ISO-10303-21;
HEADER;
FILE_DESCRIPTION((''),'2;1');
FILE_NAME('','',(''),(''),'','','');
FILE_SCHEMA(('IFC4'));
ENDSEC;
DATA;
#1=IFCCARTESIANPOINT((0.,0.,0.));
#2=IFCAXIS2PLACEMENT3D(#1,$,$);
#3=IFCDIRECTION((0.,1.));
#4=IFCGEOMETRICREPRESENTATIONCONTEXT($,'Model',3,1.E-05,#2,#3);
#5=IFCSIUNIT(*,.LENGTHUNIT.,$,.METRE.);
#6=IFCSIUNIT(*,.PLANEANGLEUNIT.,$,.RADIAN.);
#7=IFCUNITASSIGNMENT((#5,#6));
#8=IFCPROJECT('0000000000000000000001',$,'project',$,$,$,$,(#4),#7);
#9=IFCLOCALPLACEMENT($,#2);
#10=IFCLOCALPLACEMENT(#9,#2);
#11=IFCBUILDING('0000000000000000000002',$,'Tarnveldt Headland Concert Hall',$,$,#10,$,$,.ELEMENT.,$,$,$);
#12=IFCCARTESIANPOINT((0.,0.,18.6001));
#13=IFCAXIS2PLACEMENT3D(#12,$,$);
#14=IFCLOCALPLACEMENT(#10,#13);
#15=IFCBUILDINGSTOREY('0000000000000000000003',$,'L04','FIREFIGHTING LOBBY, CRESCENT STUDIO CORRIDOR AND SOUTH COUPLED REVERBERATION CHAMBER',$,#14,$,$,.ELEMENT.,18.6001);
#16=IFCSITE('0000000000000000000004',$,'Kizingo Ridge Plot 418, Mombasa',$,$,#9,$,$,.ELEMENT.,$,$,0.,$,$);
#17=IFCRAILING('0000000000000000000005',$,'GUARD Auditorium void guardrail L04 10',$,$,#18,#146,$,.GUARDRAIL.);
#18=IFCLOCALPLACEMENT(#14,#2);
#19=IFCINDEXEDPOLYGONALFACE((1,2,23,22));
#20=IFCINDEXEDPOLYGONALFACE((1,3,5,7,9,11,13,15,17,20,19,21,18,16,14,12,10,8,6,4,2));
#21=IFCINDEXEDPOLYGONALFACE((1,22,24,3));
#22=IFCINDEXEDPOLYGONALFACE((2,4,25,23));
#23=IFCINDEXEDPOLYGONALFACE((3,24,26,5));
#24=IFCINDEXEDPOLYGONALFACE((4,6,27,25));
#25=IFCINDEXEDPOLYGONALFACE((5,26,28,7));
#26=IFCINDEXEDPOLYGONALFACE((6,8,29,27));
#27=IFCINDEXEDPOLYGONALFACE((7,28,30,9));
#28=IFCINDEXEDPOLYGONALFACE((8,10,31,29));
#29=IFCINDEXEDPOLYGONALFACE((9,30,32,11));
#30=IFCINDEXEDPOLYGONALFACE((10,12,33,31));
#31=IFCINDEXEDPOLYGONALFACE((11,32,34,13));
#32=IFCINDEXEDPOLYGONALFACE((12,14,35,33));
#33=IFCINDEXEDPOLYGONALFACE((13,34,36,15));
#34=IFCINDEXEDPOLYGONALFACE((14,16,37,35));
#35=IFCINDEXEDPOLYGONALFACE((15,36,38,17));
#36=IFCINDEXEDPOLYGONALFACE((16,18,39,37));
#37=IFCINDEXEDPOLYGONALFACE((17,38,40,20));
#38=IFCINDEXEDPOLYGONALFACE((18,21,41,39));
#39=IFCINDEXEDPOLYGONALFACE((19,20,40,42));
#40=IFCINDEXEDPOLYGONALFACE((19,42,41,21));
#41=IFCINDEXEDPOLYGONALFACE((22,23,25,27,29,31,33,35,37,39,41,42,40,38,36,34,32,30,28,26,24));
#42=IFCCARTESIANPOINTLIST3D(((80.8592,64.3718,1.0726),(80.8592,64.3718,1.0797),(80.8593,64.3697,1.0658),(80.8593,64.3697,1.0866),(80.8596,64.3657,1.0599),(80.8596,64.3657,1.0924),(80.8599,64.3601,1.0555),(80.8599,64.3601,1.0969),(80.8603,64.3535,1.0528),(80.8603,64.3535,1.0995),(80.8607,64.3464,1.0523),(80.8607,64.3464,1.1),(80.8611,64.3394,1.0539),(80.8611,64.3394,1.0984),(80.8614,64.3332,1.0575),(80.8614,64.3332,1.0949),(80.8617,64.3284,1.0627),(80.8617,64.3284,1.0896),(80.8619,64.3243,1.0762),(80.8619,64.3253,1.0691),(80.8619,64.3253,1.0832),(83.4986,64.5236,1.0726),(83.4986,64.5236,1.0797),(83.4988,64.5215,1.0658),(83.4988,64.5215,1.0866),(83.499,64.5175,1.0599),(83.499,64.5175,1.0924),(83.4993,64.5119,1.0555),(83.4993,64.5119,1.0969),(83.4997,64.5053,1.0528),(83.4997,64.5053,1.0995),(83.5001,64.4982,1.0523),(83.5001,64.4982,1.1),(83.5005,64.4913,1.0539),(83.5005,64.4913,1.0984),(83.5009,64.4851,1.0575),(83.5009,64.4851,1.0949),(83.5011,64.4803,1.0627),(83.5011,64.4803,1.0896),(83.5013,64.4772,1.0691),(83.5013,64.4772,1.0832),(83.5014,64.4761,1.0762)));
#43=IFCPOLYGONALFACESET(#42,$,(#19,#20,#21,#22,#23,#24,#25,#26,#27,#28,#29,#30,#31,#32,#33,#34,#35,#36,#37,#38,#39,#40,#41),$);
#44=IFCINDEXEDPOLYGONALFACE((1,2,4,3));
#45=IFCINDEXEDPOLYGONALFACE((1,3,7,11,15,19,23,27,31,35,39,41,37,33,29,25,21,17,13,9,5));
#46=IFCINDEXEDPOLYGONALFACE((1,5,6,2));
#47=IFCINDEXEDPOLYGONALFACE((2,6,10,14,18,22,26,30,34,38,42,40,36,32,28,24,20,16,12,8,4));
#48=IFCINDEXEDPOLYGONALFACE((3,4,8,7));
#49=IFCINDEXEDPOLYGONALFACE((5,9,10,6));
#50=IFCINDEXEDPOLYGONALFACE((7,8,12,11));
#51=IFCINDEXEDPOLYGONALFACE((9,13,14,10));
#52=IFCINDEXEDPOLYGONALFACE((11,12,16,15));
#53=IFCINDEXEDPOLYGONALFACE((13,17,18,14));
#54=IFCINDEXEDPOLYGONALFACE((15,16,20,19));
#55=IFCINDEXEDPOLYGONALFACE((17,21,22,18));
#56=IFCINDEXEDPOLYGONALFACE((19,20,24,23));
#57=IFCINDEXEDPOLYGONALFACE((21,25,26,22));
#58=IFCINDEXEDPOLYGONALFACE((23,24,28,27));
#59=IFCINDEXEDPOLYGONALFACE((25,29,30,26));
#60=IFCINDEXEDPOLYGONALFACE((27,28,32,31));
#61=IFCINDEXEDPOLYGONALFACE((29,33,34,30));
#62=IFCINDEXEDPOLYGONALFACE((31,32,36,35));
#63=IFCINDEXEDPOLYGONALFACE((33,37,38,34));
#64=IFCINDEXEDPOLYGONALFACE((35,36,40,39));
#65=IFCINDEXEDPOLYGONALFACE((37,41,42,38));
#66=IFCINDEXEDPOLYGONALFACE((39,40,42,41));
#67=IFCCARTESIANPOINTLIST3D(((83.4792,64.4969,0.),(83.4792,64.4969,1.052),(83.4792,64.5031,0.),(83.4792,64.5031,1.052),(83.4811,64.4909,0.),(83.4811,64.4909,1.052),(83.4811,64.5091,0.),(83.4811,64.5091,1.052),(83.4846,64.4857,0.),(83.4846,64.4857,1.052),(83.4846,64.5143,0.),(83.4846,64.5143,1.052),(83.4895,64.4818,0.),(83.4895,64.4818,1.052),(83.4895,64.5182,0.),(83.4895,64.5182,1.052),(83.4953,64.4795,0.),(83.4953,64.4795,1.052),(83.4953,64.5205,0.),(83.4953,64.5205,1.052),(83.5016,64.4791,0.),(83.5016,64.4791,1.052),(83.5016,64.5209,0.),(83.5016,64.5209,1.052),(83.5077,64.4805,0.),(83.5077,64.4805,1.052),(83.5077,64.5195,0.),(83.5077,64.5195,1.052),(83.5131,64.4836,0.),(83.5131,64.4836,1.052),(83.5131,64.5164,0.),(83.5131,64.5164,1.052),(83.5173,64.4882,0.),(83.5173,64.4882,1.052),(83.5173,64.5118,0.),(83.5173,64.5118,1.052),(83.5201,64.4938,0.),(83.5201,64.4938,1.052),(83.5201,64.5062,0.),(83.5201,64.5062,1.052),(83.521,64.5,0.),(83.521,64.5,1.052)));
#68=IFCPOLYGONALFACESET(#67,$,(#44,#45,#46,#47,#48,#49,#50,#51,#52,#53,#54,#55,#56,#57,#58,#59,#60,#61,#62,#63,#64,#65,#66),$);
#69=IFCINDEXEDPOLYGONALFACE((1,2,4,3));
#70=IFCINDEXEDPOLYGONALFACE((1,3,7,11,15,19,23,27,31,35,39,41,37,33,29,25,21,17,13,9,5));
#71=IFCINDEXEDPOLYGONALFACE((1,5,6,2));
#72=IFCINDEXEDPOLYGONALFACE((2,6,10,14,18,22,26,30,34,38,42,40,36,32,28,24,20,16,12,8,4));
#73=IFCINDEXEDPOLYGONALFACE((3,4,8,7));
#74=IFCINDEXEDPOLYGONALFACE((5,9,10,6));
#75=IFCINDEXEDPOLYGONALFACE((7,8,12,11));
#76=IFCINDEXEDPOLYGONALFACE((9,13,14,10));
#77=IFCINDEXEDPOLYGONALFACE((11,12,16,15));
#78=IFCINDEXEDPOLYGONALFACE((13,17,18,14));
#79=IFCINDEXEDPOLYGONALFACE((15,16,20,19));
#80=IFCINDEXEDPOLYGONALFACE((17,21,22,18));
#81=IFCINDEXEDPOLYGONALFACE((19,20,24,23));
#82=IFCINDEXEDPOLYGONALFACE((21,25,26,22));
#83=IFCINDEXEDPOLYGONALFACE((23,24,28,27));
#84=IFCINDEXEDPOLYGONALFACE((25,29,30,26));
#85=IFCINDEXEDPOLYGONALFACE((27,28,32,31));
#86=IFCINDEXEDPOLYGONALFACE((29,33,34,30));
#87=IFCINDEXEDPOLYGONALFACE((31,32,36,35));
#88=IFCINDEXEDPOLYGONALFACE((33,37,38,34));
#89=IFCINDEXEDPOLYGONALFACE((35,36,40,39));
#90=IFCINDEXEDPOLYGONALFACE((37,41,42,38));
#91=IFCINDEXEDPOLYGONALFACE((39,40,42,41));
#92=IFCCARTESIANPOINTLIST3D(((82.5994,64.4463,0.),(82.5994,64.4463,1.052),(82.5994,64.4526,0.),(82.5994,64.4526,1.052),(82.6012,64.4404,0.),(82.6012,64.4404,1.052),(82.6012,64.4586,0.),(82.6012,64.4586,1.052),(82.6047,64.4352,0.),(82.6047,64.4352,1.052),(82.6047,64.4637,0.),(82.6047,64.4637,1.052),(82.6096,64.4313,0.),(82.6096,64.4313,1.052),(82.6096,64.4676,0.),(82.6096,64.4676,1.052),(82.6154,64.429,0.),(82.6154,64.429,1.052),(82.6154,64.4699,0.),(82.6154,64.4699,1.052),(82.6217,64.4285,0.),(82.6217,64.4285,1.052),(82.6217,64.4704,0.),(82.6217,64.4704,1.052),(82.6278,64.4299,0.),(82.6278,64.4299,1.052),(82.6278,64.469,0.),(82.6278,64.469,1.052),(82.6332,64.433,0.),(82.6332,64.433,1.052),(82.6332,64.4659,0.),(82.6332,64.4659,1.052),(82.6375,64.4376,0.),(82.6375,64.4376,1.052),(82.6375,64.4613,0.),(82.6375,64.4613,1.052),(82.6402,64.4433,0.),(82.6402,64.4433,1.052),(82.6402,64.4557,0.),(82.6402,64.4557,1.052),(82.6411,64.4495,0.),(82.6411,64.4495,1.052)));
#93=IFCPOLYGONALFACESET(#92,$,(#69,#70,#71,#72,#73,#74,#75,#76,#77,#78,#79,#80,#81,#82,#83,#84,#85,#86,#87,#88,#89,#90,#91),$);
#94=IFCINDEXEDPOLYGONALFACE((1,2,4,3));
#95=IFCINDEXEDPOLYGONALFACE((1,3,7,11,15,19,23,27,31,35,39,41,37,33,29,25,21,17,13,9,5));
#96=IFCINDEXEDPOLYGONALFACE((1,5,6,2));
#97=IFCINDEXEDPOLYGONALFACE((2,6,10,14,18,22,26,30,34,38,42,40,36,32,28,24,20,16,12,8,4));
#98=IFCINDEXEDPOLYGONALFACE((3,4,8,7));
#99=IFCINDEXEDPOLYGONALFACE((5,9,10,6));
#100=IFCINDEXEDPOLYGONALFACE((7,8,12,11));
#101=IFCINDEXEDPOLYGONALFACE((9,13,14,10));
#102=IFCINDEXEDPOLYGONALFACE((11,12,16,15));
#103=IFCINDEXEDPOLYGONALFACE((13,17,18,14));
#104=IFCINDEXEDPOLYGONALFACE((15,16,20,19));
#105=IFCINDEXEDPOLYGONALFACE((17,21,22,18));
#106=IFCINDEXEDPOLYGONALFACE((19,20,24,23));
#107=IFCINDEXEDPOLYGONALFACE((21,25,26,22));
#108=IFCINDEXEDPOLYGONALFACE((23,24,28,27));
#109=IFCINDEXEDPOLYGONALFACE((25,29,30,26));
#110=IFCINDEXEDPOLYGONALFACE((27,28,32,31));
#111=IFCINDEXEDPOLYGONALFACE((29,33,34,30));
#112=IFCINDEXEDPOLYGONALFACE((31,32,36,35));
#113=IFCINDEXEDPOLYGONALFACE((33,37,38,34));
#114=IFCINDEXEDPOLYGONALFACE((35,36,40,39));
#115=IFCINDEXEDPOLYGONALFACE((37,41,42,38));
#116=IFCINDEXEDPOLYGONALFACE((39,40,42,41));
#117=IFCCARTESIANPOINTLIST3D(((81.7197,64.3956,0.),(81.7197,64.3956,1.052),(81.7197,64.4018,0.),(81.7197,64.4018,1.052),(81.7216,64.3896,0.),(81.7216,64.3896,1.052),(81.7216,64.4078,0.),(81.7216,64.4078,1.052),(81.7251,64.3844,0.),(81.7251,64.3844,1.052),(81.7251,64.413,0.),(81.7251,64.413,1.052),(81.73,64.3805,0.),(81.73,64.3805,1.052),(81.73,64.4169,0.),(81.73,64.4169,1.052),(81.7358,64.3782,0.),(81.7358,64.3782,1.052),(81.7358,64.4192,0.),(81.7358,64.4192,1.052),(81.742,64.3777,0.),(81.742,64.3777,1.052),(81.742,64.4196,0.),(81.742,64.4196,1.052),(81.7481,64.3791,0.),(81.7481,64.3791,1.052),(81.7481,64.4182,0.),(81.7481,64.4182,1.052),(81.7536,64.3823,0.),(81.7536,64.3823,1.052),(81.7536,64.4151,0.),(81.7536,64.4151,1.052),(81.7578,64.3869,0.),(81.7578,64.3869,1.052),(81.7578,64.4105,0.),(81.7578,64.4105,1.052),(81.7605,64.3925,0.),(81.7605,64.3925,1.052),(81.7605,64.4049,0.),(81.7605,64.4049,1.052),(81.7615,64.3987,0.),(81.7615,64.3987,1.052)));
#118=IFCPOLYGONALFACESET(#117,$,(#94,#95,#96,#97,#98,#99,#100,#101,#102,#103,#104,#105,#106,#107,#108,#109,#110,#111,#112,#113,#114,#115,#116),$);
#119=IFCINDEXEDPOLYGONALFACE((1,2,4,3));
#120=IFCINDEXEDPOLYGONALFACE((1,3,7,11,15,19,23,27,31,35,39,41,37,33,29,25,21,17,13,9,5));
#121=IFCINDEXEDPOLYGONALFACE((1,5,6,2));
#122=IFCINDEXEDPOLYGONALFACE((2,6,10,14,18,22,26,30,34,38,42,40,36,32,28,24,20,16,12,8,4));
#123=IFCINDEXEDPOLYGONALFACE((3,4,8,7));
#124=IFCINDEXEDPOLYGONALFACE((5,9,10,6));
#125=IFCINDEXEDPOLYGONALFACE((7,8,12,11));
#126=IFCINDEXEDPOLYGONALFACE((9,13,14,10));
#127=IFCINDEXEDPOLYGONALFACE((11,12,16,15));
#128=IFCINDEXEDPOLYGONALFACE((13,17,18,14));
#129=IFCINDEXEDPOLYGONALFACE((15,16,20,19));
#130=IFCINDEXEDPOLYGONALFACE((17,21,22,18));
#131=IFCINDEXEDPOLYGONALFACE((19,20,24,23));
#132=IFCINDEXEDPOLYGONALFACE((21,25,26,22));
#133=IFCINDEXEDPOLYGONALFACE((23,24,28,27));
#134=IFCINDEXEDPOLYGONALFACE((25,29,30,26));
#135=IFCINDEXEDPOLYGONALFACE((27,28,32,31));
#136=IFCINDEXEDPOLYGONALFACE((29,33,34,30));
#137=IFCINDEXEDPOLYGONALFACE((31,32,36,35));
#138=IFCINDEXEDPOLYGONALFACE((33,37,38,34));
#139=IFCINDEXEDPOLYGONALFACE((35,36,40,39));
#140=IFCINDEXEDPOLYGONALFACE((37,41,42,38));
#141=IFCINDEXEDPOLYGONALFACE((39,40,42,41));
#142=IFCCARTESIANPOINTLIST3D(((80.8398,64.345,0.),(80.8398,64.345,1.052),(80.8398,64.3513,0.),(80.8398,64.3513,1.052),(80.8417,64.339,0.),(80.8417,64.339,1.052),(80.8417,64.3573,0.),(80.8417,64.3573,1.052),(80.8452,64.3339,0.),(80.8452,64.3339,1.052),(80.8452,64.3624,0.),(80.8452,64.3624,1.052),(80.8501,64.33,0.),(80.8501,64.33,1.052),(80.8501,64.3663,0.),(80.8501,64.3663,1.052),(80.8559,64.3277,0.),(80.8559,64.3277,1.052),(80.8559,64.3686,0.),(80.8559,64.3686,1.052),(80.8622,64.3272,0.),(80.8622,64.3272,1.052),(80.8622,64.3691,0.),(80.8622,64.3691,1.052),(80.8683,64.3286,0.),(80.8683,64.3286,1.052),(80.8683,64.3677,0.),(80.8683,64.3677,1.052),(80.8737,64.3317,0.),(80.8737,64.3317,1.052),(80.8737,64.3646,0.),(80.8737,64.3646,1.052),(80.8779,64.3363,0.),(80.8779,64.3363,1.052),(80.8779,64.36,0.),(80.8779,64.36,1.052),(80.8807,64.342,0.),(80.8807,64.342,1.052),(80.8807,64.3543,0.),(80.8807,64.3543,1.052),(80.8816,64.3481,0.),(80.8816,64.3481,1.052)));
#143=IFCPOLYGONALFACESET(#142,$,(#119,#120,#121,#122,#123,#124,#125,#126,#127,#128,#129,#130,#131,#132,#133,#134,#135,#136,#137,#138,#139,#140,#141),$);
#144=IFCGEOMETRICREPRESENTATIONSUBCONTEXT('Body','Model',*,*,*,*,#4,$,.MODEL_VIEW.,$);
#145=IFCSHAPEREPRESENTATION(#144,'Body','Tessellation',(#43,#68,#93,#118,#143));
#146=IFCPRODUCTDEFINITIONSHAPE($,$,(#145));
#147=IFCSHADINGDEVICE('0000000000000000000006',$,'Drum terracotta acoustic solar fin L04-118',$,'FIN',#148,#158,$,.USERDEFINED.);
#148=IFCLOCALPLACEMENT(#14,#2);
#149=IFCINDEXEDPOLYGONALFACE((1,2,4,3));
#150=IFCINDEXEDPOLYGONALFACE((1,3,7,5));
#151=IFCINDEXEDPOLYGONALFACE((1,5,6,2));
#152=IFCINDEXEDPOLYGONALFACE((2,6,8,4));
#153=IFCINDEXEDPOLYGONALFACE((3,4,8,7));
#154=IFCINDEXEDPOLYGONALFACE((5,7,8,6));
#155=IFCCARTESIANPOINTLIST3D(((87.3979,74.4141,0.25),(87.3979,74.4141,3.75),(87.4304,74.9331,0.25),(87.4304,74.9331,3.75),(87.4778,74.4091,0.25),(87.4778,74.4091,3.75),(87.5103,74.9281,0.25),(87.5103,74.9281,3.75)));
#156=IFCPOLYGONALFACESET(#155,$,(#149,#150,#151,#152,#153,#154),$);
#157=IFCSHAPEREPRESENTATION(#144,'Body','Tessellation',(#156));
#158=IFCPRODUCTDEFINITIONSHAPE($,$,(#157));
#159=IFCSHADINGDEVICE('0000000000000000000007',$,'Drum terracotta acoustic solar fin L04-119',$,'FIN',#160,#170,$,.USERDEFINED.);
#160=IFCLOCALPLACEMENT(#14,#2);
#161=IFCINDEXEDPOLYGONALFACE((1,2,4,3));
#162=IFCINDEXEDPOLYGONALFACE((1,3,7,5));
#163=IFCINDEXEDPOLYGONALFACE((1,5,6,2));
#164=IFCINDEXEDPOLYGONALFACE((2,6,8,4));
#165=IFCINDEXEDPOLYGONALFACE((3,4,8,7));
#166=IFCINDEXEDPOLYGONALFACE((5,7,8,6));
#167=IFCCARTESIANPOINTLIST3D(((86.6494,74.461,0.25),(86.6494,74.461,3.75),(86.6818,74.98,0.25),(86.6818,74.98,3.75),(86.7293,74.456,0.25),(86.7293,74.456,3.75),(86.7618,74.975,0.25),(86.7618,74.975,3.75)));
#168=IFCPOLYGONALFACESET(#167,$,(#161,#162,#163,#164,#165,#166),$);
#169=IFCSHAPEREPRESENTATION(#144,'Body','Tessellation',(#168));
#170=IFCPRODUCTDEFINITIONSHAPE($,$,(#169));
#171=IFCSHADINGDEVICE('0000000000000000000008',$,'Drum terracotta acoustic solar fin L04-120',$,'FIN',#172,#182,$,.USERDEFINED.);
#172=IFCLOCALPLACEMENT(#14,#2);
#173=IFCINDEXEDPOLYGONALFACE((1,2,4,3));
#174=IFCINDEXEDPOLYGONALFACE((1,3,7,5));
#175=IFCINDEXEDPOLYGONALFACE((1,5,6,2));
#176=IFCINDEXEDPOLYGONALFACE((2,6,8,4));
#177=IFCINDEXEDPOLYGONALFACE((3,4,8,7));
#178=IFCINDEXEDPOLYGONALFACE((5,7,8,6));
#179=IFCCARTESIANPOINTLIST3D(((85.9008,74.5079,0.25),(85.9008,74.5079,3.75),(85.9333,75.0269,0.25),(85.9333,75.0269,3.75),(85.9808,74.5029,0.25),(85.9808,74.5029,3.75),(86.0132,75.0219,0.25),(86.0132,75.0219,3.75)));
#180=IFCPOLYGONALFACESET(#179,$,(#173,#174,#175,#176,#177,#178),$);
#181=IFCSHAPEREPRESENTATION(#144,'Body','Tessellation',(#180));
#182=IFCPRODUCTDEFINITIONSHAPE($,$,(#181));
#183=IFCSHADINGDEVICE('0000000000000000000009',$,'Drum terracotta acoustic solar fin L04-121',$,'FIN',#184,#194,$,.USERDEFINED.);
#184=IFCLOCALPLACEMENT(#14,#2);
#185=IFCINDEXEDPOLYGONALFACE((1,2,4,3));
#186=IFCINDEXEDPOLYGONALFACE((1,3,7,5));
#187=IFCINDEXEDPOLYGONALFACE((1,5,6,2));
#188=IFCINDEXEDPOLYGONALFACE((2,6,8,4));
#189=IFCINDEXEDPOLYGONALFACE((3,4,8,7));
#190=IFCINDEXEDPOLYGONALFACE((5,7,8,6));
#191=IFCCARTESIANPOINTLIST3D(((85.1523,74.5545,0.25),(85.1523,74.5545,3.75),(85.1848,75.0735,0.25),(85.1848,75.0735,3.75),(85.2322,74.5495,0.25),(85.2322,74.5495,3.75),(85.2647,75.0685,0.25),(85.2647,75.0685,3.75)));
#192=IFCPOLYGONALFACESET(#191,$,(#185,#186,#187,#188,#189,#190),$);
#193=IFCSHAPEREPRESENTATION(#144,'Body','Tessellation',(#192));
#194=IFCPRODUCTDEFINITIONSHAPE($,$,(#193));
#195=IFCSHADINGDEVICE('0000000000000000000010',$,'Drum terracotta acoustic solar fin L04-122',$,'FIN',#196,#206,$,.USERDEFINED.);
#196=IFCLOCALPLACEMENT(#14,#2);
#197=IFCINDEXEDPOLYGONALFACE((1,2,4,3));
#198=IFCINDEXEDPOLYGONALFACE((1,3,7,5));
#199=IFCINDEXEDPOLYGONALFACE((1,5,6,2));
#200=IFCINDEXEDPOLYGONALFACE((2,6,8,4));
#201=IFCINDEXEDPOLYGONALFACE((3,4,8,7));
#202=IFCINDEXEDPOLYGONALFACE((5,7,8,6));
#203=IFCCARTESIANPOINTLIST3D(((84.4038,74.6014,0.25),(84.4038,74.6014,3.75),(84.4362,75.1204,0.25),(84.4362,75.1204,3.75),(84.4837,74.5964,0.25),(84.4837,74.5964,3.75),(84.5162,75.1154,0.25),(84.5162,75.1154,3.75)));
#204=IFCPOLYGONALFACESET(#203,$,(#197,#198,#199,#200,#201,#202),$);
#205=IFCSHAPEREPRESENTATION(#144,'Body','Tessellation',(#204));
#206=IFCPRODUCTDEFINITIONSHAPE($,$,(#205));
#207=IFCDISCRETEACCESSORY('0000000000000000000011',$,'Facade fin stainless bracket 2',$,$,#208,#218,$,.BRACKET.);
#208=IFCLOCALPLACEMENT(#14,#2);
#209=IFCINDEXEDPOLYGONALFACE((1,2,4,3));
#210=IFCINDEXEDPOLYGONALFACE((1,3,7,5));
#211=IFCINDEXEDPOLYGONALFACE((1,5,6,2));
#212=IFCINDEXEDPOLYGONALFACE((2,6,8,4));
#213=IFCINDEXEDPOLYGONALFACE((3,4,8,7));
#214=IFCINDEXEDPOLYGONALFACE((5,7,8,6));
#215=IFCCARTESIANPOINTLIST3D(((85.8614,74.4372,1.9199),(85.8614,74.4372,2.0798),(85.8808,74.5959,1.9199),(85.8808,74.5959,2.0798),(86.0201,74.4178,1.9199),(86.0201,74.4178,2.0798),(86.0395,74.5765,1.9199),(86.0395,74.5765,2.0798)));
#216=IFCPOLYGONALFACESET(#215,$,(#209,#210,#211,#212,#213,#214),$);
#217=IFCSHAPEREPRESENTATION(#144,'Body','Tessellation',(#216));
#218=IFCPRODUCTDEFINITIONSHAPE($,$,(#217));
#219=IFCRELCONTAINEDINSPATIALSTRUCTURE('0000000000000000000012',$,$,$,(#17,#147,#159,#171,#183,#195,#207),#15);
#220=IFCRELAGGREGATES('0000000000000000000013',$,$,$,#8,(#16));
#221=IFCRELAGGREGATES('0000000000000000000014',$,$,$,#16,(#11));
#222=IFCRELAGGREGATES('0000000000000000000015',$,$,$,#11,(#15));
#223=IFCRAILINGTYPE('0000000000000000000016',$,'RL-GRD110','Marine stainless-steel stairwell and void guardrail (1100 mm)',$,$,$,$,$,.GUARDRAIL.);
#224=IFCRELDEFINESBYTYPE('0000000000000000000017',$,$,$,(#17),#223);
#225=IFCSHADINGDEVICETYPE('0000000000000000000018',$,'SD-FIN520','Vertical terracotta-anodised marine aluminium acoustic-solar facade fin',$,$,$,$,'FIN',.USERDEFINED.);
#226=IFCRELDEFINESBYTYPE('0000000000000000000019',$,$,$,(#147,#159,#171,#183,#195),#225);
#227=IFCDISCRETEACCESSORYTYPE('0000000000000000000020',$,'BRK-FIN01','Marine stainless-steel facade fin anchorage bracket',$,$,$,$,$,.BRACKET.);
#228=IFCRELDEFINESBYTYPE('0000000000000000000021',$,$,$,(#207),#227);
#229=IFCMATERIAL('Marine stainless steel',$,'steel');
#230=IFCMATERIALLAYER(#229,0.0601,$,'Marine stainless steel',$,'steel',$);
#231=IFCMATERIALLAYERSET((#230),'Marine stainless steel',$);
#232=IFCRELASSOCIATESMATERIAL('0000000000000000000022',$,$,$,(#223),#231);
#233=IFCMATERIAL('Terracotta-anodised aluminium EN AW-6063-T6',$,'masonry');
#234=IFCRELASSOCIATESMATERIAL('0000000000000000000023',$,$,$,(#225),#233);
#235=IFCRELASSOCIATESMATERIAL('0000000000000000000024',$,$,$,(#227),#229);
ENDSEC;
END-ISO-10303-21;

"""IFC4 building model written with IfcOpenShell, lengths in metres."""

from ifc_helpers import new_model, si_unit, direction, frame, origin, origin_2d, place, context, subcontext, project, spatial, rectangle, circle, extrude, material, layer, layer_set, type_object, element, save


model = new_model("IFC4")

# Units and contexts
model_context = context("Model", 3, precision=1e-05, world=origin(), true_north=direction((0.0, 1.0)))
body_context = subcontext(model_context, "Body", "Model", "MODEL_VIEW")
ifc_project = project(units=[si_unit("LENGTHUNIT", "METRE"), si_unit("PLANEANGLEUNIT", "RADIAN")], contexts=[model_context])

# Site, building, storey
site_placement = place(None, origin())
site = spatial("IfcSite", under=ifc_project, at=site_placement, Name="Kizingo Ridge Plot 418, Mombasa", CompositionType="ELEMENT", RefElevation=0.0)
building_placement = place(site_placement, origin())
building = spatial("IfcBuilding", under=site, at=building_placement, Name="Tarnveldt Headland Concert Hall", CompositionType="ELEMENT")
storey_placement = place(building_placement, frame((0.0, 0.0, 18.6001)))
storey = spatial("IfcBuildingStorey", under=building, at=storey_placement, Name="L04", Description="FIREFIGHTING LOBBY, CRESCENT STUDIO CORRIDOR AND SOUTH COUPLED REVERBERATION CHAMBER", CompositionType="ELEMENT", Elevation=18.6001)

# Railing
ifc_material_1 = material(Name="Marine stainless steel", Category="steel")
ifc_layer_1 = layer(ifc_material_1, 0.0601, Name="Marine stainless steel", Category="steel")
ifc_layer_set_1 = layer_set([ifc_layer_1], Name="Marine stainless steel")
railing_type = type_object("IfcRailingType", Name="RL-GRD110", Description="Marine stainless-steel stairwell and void guardrail (1100 mm)", PredefinedType="GUARDRAIL", material=ifc_layer_set_1)
railing_1_placement = place(storey_placement, frame((83.5, 64.5, 0.0)))
element("IfcRailing", 1, at=railing_1_placement, inside=storey, type_object=railing_type, Name="GUARD Auditorium void guardrail L04 10", PredefinedType="GUARDRAIL", context=body_context, shape_type="SweptSolid", body=[
    extrude(circle(Radius=0.0239, at=origin_2d()), frame((0.0, 0.0, 1.0762), z_axis=(-0.998349, -0.057439, 0.0), x_axis=(0.057439, -0.998349, 0.0)), (0.0, 0.0, 1.0), 2.6438),
    extrude(circle(Radius=0.021, at=origin_2d()), origin(), (0.0, 0.0, 1.0), 1.052),
    extrude(circle(Radius=0.021, at=origin_2d()), frame((-0.8799, -0.0505, 0.0)), (0.0, 0.0, 1.0), 1.052),
    extrude(circle(Radius=0.021, at=origin_2d()), frame((-1.7595, -0.1013, 0.0)), (0.0, 0.0, 1.0), 1.052),
    extrude(circle(Radius=0.021, at=origin_2d()), frame((-2.6394, -0.1519, 0.0)), (0.0, 0.0, 1.0), 1.052),
])

# Shading devices
ifc_material_2 = material(Name="Terracotta-anodised aluminium EN AW-6063-T6", Category="masonry")
shading_device_type = type_object("IfcShadingDeviceType", Name="SD-FIN520", Description="Vertical terracotta-anodised marine aluminium acoustic-solar facade fin", ElementType="FIN", PredefinedType="USERDEFINED", material=ifc_material_2)
for number, where, z_axis, x_axis, name in (
    (2, (87.4541, 74.6711, 0.25), (0.0, 0.0, 1.0), (0.062442, 0.998049, 0.0), "Drum terracotta acoustic solar fin L04-118"),
    (3, (86.7056, 74.718, 0.25), (0.0, 0.0, 1.0), (0.062442, 0.998049, 0.0), "Drum terracotta acoustic solar fin L04-119"),
    (4, (85.957, 74.7649, 0.25), (0.0, 0.0, 1.0), (0.062442, 0.998049, 0.0), "Drum terracotta acoustic solar fin L04-120"),
    (5, (85.2085, 74.8115, 0.25), (0.0, 0.0, 1.0), (0.062442, 0.998049, 0.0), "Drum terracotta acoustic solar fin L04-121"),
    (6, (84.46, 74.8584, 0.25), (0.0, 0.0, 1.0), (0.062442, 0.998049, 0.0), "Drum terracotta acoustic solar fin L04-122"),
):
    element("IfcShadingDevice", number, at=place(storey_placement, frame(where, z_axis=z_axis, x_axis=x_axis)), inside=storey, type_object=shading_device_type, Name=name, ObjectType="FIN", PredefinedType="USERDEFINED", context=body_context, shape_type="SweptSolid", body=[
        extrude(rectangle(XDim=0.52, YDim=0.0801, at=origin_2d()), origin(), (0.0, 0.0, 1.0), 3.5),
    ])

# Discrete accessory
discrete_accessory_type = type_object("IfcDiscreteAccessoryType", Name="BRK-FIN01", Description="Marine stainless-steel facade fin anchorage bracket", PredefinedType="BRACKET", material=ifc_material_1)
discrete_accessory_placement = place(storey_placement, frame((85.9504, 74.5068, 1.9199), z_axis=(0.0, 0.0, 1.0), x_axis=(0.121523, 0.992589, 0.0)))
element("IfcDiscreteAccessory", 7, at=discrete_accessory_placement, inside=storey, type_object=discrete_accessory_type, Name="Facade fin stainless bracket 2", PredefinedType="BRACKET", context=body_context, shape_type="SweptSolid", body=[
    extrude(rectangle(XDim=0.1599, YDim=0.1599, at=origin_2d()), origin(), (0.0, 0.0, 1.0), 0.1599),
])

save(model, "model.ifc")
